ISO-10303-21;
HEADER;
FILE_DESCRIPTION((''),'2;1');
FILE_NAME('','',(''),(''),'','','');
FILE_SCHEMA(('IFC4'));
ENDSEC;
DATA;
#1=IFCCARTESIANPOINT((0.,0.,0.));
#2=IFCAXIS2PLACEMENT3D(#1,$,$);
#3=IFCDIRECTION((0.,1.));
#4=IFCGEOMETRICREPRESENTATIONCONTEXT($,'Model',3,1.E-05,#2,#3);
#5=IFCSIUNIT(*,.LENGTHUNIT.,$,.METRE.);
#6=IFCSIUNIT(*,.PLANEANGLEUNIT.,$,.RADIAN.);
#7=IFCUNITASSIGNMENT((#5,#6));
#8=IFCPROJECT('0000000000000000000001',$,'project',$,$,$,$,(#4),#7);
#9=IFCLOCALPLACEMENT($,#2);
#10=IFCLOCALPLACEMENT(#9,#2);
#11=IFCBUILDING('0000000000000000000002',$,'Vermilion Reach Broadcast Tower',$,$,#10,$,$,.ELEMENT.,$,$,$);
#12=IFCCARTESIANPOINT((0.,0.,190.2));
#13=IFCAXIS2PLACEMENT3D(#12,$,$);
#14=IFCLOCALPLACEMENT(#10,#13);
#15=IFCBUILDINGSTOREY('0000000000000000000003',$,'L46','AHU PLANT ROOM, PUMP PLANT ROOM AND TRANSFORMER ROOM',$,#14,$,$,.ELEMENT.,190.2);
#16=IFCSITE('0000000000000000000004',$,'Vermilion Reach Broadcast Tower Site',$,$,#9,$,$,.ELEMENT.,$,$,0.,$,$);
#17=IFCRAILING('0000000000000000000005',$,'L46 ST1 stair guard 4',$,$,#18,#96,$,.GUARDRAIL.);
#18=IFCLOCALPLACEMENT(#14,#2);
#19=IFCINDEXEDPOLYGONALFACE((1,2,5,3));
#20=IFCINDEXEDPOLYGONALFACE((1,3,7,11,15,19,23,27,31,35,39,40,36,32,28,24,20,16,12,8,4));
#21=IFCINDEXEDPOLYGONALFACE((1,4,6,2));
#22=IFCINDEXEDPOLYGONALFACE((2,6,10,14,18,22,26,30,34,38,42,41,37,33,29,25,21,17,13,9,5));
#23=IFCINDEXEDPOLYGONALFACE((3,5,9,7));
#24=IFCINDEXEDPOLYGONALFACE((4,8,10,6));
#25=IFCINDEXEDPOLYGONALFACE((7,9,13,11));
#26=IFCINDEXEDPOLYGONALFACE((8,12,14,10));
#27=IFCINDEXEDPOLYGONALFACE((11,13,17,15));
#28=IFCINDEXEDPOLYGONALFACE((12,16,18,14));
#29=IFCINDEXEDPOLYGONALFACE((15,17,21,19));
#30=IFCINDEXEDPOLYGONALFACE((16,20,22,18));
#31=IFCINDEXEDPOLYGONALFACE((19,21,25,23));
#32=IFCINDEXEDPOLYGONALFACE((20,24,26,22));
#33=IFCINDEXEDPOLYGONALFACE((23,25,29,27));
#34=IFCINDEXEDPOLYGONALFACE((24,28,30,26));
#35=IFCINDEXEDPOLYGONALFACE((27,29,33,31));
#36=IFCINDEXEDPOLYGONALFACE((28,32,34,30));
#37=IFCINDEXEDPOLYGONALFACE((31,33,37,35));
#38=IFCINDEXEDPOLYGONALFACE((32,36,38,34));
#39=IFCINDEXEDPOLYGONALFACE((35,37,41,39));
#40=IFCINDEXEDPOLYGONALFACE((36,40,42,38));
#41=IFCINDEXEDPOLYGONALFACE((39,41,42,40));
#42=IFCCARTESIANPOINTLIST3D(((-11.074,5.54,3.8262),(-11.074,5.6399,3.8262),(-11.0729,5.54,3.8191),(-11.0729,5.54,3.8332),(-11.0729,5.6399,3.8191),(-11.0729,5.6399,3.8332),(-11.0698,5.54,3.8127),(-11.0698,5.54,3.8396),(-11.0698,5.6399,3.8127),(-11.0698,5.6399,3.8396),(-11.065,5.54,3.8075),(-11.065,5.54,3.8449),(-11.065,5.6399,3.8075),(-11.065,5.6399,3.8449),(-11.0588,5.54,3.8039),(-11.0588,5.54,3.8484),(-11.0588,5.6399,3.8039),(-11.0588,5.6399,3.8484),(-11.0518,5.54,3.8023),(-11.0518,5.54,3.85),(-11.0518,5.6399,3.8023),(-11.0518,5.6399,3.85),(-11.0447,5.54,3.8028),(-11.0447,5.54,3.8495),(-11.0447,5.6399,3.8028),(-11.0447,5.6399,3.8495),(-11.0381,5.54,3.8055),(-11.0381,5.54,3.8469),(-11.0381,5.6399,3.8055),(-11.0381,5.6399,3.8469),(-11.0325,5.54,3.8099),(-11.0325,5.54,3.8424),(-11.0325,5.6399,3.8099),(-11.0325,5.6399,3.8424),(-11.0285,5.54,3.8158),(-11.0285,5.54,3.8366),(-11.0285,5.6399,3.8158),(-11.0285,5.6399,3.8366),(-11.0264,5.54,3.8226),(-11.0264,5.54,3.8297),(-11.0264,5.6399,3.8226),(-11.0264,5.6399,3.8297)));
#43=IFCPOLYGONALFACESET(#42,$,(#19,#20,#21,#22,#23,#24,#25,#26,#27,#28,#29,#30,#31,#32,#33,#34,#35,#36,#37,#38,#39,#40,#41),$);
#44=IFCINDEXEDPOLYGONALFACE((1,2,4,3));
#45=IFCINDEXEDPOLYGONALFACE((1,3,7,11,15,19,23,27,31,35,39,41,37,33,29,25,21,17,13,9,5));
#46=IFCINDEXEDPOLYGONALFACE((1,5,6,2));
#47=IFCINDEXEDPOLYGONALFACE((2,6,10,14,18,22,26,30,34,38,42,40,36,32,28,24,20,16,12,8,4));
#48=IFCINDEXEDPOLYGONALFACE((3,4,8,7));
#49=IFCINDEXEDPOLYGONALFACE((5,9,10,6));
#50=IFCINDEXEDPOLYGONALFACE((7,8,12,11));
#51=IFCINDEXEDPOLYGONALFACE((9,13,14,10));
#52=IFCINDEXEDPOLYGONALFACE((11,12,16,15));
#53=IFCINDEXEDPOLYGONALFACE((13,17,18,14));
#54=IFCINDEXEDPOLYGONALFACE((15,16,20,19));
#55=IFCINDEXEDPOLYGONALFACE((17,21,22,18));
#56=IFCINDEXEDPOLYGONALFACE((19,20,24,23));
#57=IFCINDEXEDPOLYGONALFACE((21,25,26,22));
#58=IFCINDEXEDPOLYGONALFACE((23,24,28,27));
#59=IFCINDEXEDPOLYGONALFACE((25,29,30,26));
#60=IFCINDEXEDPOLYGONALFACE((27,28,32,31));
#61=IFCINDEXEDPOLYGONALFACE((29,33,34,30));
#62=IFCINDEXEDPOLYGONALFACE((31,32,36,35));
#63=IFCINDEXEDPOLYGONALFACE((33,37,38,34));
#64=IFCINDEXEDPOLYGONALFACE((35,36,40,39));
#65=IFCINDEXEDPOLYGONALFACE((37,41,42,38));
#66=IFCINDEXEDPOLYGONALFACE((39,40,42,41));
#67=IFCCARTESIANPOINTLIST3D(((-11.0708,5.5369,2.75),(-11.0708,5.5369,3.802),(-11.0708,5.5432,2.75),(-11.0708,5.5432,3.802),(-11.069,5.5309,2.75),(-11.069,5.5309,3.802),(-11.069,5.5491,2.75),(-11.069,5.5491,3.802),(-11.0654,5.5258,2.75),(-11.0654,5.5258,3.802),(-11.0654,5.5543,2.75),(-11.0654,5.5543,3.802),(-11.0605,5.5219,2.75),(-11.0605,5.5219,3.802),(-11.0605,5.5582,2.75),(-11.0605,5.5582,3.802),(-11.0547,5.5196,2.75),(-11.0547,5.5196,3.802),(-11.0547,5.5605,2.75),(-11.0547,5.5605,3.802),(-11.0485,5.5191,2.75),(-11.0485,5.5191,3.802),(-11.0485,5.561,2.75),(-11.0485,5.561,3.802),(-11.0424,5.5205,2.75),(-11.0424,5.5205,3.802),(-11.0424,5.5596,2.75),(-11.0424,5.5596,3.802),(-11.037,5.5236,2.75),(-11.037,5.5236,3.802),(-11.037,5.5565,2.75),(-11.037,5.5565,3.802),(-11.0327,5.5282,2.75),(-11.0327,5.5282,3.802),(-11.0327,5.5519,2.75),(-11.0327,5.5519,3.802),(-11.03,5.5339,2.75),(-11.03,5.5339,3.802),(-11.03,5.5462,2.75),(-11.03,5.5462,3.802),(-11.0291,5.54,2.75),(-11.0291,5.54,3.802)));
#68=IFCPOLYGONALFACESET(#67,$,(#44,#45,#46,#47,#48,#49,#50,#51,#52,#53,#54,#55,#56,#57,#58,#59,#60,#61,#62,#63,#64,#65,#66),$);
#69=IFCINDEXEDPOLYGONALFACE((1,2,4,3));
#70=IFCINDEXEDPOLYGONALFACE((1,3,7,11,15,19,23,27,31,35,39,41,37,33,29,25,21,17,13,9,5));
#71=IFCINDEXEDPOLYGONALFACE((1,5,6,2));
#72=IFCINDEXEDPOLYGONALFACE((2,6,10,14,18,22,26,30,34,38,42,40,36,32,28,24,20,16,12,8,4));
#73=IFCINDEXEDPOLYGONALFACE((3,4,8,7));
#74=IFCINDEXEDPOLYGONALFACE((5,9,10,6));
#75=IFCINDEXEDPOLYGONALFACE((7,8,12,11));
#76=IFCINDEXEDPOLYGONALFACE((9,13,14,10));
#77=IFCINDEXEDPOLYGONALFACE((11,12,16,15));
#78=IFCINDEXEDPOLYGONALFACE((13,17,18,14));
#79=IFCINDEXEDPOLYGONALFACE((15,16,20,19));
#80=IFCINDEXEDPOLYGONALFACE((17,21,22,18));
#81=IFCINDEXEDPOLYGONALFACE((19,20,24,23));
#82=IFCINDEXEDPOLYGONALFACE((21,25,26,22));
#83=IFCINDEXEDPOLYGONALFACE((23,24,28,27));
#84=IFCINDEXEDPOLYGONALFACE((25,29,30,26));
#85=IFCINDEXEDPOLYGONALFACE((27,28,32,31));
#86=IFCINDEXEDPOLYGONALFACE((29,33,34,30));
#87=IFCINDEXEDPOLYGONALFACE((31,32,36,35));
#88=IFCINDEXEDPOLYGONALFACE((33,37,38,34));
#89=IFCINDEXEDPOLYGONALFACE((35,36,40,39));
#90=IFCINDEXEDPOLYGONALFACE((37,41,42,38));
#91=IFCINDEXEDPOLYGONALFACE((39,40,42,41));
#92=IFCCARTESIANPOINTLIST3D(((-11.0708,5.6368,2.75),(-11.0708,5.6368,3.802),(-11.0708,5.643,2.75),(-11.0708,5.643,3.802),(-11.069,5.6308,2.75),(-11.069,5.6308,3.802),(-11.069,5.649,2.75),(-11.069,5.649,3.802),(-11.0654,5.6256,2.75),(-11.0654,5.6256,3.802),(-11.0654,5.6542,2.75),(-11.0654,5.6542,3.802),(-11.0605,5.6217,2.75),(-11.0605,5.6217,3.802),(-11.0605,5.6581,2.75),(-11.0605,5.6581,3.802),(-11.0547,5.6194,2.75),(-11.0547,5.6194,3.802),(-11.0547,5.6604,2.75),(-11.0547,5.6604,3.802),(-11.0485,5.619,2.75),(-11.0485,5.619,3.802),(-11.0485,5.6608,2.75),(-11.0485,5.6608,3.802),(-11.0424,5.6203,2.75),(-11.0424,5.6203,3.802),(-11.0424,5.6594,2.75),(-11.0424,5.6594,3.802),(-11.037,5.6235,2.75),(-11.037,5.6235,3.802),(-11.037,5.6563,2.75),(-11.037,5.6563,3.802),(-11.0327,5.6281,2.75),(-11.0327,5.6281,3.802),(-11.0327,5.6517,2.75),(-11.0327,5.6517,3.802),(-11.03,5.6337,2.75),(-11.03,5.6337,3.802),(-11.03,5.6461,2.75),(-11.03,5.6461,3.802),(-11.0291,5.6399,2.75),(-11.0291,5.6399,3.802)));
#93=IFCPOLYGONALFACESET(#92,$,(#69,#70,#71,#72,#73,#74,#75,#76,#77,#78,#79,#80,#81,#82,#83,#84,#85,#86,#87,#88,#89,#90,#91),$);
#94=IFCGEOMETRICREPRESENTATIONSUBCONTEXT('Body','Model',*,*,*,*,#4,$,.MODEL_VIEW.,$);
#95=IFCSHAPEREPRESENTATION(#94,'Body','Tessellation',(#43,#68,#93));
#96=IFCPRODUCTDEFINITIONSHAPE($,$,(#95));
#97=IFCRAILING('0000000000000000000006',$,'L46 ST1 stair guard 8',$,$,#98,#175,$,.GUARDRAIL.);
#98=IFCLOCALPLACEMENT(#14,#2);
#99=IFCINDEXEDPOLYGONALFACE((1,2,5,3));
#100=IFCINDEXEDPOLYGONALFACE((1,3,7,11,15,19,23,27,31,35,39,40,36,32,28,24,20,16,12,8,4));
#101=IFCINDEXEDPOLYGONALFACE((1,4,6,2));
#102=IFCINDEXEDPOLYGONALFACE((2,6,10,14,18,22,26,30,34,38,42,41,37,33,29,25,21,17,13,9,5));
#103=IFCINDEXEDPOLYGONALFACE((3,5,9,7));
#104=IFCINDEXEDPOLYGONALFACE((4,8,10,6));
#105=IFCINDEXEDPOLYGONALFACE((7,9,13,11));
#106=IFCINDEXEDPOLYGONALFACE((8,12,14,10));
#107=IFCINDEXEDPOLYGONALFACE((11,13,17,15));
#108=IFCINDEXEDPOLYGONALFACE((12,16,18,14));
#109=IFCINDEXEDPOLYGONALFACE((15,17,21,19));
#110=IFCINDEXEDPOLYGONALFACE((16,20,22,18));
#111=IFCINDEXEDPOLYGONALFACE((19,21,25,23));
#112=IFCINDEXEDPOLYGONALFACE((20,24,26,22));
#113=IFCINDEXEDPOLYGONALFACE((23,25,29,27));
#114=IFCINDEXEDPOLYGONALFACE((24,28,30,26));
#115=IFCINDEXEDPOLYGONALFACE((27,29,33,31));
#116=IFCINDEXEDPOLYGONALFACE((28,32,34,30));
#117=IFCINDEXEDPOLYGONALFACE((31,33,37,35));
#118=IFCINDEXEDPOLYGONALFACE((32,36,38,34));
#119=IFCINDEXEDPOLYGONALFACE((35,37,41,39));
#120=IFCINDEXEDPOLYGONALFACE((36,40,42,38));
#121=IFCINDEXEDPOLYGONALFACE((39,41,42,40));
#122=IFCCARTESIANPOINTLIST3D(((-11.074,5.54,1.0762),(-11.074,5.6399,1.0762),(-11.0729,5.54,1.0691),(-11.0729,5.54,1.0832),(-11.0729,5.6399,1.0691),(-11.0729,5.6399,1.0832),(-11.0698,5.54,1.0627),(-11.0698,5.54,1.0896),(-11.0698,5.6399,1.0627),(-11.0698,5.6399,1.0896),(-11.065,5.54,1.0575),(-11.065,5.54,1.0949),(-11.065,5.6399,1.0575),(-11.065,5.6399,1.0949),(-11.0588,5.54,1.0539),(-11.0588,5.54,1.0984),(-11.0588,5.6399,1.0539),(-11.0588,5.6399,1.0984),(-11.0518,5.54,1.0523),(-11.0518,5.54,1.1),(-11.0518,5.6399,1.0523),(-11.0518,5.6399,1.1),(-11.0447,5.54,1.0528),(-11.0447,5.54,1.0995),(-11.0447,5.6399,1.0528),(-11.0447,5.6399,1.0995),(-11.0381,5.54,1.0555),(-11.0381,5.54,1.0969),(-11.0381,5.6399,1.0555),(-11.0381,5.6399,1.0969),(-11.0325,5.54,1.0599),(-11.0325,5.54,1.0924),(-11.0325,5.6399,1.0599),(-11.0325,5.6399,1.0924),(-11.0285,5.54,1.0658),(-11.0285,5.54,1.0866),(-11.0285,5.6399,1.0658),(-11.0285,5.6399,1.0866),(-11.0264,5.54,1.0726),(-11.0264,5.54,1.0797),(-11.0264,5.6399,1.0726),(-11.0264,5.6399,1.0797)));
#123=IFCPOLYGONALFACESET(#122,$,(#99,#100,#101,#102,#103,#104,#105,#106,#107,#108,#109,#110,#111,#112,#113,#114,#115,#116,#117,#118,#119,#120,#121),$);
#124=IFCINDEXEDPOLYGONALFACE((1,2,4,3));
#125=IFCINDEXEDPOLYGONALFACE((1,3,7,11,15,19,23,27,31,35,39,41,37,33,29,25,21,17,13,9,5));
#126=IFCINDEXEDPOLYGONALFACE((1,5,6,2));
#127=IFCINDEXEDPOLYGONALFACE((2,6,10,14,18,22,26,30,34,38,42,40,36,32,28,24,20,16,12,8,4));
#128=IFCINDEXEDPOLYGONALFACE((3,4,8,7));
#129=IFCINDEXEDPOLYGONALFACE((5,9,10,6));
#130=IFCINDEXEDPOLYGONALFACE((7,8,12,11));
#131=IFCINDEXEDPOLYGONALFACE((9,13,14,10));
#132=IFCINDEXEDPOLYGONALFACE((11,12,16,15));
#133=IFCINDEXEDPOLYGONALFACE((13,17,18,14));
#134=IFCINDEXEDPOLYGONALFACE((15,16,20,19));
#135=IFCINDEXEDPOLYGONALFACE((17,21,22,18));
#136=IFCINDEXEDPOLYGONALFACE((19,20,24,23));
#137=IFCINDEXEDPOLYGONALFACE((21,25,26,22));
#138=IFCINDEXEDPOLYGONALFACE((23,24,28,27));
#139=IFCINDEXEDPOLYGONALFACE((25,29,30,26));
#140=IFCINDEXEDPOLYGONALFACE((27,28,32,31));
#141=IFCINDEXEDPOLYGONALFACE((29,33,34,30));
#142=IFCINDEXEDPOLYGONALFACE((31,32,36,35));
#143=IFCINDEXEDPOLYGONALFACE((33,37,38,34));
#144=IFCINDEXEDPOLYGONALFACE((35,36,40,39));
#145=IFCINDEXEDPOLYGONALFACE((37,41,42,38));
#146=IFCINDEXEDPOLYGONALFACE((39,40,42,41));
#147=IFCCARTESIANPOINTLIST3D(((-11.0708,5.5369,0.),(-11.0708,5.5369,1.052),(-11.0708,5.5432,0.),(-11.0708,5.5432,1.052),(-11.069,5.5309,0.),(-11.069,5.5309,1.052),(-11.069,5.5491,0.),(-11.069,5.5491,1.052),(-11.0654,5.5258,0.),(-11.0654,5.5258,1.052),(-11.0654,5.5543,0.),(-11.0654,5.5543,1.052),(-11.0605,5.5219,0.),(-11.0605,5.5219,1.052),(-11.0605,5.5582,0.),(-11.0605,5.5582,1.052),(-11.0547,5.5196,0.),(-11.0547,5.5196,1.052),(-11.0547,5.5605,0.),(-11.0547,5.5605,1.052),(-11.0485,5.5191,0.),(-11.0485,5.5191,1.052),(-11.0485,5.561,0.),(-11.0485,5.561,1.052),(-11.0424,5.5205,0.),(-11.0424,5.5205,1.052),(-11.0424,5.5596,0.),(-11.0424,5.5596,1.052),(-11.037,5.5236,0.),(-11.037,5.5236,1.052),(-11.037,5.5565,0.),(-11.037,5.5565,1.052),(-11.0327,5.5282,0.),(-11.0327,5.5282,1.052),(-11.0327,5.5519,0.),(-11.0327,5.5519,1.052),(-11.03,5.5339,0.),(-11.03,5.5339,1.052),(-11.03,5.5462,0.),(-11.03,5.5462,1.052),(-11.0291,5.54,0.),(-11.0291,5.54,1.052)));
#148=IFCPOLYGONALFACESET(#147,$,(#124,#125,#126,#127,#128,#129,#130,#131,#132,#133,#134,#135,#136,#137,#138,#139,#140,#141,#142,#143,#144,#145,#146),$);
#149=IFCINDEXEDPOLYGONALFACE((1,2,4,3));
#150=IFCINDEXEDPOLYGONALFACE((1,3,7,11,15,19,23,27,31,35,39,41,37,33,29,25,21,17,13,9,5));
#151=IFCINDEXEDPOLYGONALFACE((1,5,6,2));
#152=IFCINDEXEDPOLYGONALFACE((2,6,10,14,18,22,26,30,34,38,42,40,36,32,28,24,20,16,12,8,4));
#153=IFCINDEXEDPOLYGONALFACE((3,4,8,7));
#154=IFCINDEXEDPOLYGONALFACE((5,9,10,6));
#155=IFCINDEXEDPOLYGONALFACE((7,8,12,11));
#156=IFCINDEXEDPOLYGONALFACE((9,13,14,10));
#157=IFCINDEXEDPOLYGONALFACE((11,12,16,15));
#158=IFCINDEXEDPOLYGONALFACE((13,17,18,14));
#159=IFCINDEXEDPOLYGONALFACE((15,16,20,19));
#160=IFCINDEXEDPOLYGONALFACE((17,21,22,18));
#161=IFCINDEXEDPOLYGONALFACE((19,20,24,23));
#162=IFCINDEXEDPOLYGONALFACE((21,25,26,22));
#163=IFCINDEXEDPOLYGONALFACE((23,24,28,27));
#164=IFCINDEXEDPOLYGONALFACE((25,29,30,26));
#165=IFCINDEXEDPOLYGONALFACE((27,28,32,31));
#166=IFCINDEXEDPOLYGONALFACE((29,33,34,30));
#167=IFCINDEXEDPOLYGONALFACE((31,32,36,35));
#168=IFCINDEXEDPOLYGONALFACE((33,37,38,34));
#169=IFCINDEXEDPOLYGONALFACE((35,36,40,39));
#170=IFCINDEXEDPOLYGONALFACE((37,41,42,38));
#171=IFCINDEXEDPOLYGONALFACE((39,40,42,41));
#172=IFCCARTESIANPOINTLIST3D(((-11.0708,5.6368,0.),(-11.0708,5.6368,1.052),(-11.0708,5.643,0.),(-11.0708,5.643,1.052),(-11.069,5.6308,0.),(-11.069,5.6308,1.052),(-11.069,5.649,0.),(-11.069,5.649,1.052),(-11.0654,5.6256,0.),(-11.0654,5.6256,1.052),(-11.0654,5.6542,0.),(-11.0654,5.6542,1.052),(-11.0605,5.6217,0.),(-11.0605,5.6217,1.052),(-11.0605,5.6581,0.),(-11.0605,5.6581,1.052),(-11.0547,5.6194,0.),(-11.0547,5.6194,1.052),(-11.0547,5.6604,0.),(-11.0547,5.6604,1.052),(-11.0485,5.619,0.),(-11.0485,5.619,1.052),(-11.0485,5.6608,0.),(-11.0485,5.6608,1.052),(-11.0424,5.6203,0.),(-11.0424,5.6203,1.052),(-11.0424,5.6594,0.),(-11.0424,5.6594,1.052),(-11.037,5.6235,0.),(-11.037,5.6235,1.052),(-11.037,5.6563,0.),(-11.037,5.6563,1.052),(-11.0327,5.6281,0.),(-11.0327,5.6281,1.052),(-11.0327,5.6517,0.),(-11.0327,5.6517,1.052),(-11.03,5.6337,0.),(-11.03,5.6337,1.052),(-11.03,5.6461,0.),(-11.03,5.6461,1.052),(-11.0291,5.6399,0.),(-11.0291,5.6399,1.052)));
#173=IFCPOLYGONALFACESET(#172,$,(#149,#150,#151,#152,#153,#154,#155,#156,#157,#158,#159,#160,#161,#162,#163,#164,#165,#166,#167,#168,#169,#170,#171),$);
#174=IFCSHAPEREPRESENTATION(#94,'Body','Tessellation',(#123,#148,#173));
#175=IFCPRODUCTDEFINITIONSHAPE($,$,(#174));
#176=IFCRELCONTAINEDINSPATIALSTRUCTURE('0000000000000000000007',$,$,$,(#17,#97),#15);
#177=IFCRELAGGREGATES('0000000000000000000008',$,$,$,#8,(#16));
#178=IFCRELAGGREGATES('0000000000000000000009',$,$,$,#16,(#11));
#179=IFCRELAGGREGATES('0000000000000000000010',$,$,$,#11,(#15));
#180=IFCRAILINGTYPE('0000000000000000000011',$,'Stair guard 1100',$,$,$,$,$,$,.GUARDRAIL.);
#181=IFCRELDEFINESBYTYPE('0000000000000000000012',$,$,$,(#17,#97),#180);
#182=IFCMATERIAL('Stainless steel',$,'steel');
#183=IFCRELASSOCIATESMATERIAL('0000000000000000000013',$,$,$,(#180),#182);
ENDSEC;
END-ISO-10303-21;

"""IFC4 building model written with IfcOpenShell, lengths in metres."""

from ifc_helpers import new_model, si_unit, direction, frame, origin, origin_2d, place, context, subcontext, project, spatial, circle, extrude, material, type_object, element, save


model = new_model("IFC4")

# Units and contexts
model_context = context("Model", 3, precision=1e-05, world=origin(), true_north=direction((0.0, 1.0)))
body_context = subcontext(model_context, "Body", "Model", "MODEL_VIEW")
ifc_project = project(units=[si_unit("LENGTHUNIT", "METRE"), si_unit("PLANEANGLEUNIT", "RADIAN")], contexts=[model_context])

# Site, building, storey
site_placement = place(None, origin())
site = spatial("IfcSite", under=ifc_project, at=site_placement, Name="Vermilion Reach Broadcast Tower Site", CompositionType="ELEMENT", RefElevation=0.0)
building_placement = place(site_placement, origin())
building = spatial("IfcBuilding", under=site, at=building_placement, Name="Vermilion Reach Broadcast Tower", CompositionType="ELEMENT")
storey_placement = place(building_placement, frame((0.0, 0.0, 190.2)))
storey = spatial("IfcBuildingStorey", under=building, at=storey_placement, Name="L46", Description="AHU PLANT ROOM, PUMP PLANT ROOM AND TRANSFORMER ROOM", CompositionType="ELEMENT", Elevation=190.2)

# Railings
ifc_material_1 = material(Name="Stainless steel", Category="steel")
railing_type_1 = type_object("IfcRailingType", Name="Stair guard 1100", PredefinedType="GUARDRAIL", material=ifc_material_1)
for number, where, name in (
    (1, (-11.05, 5.54, 2.75), "L46 ST1 stair guard 4"),
    (2, (-11.05, 5.54, 0.0), "L46 ST1 stair guard 8"),
):
    element("IfcRailing", number, at=place(storey_placement, frame(where)), inside=storey, type_object=railing_type_1, Name=name, PredefinedType="GUARDRAIL", context=body_context, shape_type="SweptSolid", body=[
        extrude(circle(Radius=0.0239, at=origin_2d()), frame((0.0, 0.0, 1.0762), z_axis=(0.0, 1.0, 0.0), x_axis=(-1.0, 0.0, 0.0)), (0.0, 0.0, 1.0), 0.0999),
        extrude(circle(Radius=0.021, at=origin_2d()), origin(), (0.0, 0.0, 1.0), 1.052),
        extrude(circle(Radius=0.021, at=origin_2d()), frame((0.0, 0.0999, 0.0)), (0.0, 0.0, 1.0), 1.052),
    ])

save(model, "model.ifc")
